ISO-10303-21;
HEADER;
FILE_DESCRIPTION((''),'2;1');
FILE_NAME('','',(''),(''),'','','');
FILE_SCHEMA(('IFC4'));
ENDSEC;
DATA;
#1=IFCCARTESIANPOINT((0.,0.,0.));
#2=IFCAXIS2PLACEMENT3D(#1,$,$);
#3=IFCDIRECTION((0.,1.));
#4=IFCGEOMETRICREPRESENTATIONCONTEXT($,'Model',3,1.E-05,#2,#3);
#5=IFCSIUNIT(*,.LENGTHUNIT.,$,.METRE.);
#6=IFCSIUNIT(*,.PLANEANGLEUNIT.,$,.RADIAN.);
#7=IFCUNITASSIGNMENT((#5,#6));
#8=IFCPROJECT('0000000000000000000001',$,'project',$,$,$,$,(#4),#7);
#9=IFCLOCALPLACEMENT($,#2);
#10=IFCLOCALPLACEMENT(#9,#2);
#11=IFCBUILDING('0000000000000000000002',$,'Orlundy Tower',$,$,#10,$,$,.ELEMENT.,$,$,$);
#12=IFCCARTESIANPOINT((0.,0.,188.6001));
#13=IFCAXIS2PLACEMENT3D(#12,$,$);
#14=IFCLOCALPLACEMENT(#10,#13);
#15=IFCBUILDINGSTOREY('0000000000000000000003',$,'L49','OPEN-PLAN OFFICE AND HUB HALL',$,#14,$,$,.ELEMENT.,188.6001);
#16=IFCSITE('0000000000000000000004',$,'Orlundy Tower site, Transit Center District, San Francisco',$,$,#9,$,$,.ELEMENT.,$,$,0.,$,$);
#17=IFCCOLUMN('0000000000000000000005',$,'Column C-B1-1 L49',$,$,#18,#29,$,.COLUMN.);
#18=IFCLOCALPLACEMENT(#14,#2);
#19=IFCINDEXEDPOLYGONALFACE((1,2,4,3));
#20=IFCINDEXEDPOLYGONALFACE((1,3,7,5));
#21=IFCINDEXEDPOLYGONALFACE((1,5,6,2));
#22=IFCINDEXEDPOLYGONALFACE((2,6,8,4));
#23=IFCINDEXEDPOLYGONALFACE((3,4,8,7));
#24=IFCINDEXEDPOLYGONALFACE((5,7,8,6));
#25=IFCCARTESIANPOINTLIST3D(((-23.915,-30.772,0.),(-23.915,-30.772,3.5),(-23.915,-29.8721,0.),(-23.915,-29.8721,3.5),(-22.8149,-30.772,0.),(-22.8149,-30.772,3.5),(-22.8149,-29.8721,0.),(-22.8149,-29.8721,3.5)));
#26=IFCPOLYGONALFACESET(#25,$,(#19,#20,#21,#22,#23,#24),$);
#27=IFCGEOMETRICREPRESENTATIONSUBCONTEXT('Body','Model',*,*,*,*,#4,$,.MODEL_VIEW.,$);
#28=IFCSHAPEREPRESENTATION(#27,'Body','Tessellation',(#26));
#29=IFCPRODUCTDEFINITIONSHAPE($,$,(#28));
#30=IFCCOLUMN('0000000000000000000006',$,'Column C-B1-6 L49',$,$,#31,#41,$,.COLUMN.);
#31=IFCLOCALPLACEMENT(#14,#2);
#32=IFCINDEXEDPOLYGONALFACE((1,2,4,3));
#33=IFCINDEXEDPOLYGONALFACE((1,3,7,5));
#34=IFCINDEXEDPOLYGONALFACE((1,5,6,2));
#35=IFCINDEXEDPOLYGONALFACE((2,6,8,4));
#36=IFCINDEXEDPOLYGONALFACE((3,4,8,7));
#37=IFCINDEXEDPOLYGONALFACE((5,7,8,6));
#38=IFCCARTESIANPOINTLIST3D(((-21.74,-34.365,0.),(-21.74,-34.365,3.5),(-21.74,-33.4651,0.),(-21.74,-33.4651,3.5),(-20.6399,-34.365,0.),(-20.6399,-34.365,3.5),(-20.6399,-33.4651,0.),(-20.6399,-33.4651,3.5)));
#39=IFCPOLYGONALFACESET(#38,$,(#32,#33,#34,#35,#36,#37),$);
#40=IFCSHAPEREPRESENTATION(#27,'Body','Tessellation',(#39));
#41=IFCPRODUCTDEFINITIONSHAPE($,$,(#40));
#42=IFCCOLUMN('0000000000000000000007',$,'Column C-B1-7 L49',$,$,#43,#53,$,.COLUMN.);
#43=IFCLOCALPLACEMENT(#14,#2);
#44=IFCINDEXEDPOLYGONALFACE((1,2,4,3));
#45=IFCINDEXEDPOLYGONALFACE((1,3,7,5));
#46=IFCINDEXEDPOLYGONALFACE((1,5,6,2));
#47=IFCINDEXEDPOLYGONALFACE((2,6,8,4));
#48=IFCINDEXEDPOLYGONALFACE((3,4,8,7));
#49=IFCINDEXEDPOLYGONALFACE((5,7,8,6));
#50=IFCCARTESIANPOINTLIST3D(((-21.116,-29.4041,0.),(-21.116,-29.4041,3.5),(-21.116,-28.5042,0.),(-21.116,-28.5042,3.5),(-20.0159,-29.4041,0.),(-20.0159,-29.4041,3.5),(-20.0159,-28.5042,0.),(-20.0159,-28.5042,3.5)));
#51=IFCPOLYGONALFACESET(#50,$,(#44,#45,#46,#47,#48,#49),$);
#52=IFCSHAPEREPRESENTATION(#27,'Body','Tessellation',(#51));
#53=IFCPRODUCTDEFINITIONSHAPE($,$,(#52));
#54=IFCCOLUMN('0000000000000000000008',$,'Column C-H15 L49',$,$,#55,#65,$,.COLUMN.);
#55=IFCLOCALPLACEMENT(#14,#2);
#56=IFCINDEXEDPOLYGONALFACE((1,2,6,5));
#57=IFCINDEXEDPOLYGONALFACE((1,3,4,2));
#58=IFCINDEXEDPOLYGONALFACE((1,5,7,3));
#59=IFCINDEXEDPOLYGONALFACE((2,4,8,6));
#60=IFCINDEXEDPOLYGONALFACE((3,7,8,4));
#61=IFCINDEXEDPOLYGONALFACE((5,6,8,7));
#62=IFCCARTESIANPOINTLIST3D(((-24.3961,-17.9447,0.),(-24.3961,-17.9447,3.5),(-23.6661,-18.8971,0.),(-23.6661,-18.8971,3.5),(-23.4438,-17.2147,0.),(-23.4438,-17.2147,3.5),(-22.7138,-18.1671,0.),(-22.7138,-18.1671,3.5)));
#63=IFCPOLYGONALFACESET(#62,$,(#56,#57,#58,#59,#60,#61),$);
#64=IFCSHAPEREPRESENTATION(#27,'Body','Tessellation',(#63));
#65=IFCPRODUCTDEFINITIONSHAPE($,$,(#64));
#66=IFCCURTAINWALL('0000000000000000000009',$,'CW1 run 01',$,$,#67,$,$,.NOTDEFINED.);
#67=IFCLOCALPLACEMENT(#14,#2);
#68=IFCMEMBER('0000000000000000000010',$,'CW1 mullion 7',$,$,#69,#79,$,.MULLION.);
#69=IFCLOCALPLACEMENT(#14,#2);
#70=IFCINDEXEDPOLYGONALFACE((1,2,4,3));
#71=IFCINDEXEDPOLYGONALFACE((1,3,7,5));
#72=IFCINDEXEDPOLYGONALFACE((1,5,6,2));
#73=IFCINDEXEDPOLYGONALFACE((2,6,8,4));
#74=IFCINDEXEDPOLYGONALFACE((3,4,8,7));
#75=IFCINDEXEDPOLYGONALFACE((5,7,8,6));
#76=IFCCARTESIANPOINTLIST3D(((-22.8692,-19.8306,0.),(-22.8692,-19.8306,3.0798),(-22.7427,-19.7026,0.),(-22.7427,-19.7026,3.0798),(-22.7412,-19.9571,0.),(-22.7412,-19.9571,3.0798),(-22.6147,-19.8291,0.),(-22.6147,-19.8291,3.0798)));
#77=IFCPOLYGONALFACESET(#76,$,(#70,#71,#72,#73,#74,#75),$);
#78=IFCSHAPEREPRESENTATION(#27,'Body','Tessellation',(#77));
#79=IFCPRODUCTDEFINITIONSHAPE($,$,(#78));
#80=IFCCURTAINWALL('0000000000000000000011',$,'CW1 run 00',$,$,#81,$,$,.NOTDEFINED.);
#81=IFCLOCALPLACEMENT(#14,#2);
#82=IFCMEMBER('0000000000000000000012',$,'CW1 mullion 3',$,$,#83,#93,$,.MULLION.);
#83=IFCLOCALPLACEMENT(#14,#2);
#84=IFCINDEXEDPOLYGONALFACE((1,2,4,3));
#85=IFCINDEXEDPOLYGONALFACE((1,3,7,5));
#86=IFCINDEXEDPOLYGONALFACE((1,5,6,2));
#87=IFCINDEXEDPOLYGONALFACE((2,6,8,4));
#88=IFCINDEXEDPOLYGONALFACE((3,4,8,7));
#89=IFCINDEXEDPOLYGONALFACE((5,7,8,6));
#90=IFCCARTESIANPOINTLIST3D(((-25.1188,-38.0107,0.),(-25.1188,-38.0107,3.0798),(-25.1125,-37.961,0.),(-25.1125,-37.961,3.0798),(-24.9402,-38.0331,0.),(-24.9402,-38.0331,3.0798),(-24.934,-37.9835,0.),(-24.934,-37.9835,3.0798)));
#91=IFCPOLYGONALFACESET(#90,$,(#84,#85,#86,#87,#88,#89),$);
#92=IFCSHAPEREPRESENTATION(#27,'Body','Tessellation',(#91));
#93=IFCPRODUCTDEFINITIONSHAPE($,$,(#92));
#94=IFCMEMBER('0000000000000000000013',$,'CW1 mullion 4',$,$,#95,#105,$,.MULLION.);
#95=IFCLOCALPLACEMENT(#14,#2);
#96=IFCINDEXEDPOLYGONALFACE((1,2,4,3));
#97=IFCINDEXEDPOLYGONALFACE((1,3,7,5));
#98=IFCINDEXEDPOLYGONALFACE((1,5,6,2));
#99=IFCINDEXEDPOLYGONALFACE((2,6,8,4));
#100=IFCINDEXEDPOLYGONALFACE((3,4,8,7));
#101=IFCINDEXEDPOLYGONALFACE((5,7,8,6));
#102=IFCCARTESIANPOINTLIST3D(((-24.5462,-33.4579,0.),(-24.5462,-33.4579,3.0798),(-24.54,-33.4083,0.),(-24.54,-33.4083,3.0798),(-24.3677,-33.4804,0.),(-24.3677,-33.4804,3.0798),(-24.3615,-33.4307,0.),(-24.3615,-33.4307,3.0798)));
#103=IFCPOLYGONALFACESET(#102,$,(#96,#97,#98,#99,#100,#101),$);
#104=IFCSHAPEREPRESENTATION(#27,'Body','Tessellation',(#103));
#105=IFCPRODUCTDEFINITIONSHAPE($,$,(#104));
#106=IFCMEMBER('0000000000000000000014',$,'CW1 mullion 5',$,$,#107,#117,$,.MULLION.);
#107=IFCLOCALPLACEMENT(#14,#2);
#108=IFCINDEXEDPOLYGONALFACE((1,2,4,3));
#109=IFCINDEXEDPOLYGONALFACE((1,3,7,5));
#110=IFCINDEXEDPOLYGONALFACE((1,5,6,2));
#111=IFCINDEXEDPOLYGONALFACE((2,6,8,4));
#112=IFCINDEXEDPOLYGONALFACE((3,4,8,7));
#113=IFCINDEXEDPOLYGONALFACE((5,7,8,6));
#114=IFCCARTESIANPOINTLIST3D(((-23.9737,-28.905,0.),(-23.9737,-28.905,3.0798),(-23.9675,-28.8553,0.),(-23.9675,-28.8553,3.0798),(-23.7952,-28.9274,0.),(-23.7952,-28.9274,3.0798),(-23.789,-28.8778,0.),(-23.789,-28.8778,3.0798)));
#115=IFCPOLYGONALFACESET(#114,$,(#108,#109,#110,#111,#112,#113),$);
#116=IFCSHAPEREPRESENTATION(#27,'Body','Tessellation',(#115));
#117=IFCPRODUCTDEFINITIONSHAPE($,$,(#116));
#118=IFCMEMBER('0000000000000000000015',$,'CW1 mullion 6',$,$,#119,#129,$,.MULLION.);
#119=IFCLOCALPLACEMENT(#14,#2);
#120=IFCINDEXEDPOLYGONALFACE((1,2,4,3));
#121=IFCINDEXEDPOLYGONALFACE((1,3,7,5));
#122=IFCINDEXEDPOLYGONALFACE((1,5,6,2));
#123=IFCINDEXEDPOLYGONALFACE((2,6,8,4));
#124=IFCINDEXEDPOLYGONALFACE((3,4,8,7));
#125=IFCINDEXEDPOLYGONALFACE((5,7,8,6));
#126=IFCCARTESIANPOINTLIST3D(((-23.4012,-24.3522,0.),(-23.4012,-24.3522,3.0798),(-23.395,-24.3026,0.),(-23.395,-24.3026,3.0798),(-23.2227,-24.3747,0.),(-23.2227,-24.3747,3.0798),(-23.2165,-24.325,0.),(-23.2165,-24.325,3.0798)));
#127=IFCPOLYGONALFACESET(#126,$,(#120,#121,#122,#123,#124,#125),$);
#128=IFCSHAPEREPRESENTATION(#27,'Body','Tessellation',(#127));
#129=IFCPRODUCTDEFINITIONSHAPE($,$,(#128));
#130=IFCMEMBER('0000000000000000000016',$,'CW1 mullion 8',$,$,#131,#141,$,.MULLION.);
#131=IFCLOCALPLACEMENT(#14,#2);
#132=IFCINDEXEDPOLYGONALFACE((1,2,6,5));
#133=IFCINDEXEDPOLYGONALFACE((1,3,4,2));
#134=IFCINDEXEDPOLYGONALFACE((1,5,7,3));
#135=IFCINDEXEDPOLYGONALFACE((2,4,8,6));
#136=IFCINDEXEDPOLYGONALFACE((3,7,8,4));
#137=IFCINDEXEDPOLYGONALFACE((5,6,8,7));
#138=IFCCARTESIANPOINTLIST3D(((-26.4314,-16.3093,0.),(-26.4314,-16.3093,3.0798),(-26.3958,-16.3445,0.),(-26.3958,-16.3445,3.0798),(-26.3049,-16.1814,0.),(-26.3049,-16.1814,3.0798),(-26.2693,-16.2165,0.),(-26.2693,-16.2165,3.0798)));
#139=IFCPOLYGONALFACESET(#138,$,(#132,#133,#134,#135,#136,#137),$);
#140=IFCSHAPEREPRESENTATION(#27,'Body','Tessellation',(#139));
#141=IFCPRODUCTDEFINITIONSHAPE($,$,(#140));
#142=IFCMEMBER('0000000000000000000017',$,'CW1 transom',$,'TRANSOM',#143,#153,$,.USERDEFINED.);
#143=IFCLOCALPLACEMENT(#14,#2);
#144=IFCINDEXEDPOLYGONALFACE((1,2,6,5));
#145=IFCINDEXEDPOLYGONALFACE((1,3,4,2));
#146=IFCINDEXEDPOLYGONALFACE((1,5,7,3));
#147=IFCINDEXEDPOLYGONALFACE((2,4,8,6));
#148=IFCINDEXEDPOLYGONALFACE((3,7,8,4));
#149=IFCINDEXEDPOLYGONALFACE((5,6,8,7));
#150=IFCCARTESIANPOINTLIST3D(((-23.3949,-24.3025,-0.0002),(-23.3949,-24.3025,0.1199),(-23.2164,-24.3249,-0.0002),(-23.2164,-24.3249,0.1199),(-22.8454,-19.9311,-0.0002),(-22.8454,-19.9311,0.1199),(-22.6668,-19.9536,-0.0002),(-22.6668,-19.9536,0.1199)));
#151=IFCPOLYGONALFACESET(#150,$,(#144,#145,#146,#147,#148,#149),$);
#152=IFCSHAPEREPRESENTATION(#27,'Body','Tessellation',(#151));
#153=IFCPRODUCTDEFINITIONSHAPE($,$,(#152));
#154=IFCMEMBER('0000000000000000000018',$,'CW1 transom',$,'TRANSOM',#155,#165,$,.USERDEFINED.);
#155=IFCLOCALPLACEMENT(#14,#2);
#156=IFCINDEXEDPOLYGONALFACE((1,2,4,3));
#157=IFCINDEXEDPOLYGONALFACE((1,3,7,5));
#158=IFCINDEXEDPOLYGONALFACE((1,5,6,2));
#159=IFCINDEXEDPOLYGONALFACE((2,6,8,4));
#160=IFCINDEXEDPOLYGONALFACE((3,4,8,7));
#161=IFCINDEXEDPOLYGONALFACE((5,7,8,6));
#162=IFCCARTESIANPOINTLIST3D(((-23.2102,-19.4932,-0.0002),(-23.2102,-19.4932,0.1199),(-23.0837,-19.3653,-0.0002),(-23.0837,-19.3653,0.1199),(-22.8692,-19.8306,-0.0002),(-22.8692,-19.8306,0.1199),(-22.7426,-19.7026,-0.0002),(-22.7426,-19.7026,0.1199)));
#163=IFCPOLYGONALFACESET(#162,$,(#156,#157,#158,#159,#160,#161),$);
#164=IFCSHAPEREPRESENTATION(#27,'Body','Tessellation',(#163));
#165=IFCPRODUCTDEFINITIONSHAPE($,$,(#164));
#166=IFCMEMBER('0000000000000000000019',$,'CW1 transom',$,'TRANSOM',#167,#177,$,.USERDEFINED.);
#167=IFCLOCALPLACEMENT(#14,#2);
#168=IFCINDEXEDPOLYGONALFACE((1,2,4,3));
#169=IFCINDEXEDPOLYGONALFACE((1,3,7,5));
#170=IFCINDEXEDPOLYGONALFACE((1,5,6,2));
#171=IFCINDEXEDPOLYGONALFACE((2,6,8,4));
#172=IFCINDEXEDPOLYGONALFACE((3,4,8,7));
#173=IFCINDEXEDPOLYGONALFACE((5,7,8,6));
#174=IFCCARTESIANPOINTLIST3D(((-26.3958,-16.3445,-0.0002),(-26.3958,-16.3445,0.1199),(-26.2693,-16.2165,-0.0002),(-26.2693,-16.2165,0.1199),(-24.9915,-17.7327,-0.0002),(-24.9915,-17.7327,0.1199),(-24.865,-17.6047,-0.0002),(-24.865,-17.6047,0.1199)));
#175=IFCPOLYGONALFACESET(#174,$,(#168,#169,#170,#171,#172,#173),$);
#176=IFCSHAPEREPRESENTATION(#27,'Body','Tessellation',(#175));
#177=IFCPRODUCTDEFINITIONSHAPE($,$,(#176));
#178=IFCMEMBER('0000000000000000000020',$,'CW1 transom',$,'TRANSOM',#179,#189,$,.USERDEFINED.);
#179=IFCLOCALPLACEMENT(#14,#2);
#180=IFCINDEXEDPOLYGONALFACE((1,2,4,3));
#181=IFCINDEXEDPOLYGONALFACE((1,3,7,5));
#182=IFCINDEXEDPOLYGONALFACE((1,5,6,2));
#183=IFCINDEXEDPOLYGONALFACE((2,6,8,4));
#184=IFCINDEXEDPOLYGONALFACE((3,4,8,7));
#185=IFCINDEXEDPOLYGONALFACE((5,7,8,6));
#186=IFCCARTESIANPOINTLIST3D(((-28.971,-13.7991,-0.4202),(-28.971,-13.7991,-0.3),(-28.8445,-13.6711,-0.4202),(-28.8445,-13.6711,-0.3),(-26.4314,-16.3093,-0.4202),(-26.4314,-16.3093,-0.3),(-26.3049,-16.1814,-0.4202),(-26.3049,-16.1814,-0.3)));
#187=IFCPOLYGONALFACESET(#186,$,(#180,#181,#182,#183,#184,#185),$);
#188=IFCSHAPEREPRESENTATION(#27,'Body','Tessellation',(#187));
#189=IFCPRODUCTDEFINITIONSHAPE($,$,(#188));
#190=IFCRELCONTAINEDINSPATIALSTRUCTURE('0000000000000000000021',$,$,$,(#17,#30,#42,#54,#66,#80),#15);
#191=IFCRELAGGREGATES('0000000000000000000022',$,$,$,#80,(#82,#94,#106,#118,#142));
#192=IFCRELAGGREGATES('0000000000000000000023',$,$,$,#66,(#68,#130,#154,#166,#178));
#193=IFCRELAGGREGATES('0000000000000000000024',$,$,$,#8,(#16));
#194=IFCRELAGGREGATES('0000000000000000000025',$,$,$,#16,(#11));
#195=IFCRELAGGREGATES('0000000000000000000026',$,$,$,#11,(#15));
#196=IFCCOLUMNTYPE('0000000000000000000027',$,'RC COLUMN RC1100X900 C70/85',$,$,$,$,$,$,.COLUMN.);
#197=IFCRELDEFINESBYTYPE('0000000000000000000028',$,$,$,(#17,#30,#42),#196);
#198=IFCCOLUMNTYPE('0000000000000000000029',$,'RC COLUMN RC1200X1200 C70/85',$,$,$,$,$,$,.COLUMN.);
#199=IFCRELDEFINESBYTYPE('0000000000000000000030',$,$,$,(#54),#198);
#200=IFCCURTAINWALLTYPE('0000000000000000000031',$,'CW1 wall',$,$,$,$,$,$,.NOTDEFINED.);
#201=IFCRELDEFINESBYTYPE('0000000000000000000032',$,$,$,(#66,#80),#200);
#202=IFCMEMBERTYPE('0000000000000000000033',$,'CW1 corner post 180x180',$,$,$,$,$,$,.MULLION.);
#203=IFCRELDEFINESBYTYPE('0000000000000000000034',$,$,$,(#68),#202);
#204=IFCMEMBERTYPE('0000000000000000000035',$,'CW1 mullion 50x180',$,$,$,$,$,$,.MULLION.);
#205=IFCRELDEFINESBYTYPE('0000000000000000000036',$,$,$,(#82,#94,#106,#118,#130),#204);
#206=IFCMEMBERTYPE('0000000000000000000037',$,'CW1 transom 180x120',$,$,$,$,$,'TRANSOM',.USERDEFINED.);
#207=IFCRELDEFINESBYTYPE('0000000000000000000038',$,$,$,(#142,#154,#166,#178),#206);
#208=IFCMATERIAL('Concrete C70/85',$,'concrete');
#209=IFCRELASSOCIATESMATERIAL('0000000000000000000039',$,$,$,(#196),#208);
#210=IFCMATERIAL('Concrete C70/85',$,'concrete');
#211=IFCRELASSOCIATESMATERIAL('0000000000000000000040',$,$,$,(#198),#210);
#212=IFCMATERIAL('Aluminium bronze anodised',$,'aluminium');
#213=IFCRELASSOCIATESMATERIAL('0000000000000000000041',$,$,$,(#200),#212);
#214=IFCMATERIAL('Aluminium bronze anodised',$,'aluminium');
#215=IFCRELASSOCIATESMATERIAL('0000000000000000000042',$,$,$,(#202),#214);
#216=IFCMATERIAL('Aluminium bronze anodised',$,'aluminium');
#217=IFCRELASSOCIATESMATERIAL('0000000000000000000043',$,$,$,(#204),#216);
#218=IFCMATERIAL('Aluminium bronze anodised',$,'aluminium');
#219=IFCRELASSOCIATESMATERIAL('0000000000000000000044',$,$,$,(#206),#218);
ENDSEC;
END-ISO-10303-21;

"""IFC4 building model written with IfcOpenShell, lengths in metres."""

from ifc_helpers import new_model, si_unit, direction, frame, origin, origin_2d, place, context, subcontext, project, spatial, rectangle, extrude, material, material_profile, profile_set, type_object, element, aggregate, save


model = new_model("IFC4")

# Units and contexts
model_context = context("Model", 3, precision=1e-05, world=origin(), true_north=direction((0.0, 1.0)))
body_context = subcontext(model_context, "Body", "Model", "MODEL_VIEW")
ifc_project = project(units=[si_unit("LENGTHUNIT", "METRE"), si_unit("PLANEANGLEUNIT", "RADIAN")], contexts=[model_context])

# Site, building, storey
site_placement = place(None, origin())
site = spatial("IfcSite", under=ifc_project, at=site_placement, Name="Orlundy Tower site, Transit Center District, San Francisco", CompositionType="ELEMENT", RefElevation=0.0)
building_placement = place(site_placement, origin())
building = spatial("IfcBuilding", under=site, at=building_placement, Name="Orlundy Tower", CompositionType="ELEMENT")
storey_placement = place(building_placement, frame((0.0, 0.0, 188.6001)))
storey = spatial("IfcBuildingStorey", under=building, at=storey_placement, Name="L49", Description="OPEN-PLAN OFFICE AND HUB HALL", CompositionType="ELEMENT", Elevation=188.6001)

# Columns
ifc_material_1 = material(Name="Concrete C70/85", Category="concrete")
ifc_material_profile_1 = material_profile(ifc_material_1, rectangle(XDim=1.1001, YDim=0.8999, at=origin_2d()), Name="RC1100X900")
ifc_profile_set_1 = profile_set([ifc_material_profile_1], Name="Concrete C70/85")
column_type_1 = type_object("IfcColumnType", Name="RC COLUMN RC1100X900 C70/85", PredefinedType="COLUMN", material=ifc_profile_set_1)
for number, where, z_axis, x_axis, name in (
    (1, (-23.365, -30.322, 0.0), (0.0, 0.0, 1.0), (1.0, 0.0, 0.0), "Column C-B1-1 L49"),
    (2, (-21.1899, -33.915, 0.0), (0.0, 0.0, 1.0), (1.0, 0.0, 0.0), "Column C-B1-6 L49"),
    (3, (-20.5659, -28.9541, 0.0), (0.0, 0.0, 1.0), (1.0, 0.0, 0.0), "Column C-B1-7 L49"),
):
    element("IfcColumn", number, at=place(storey_placement, frame(where, z_axis=z_axis, x_axis=x_axis)), inside=storey, type_object=column_type_1, Name=name, PredefinedType="COLUMN", context=body_context, shape_type="SweptSolid", body=[
        extrude(rectangle(XDim=1.1001, YDim=0.8999, at=origin_2d()), origin(), (0.0, 0.0, 1.0), 3.5),
    ])
ifc_material_2 = material(Name="Concrete C70/85", Category="concrete")
ifc_material_profile_2 = material_profile(ifc_material_2, rectangle(XDim=1.2, YDim=1.2, at=origin_2d()), Name="RC1200X1200")
ifc_profile_set_2 = profile_set([ifc_material_profile_2], Name="Concrete C70/85")
column_type_2 = type_object("IfcColumnType", Name="RC COLUMN RC1200X1200 C70/85", PredefinedType="COLUMN", material=ifc_profile_set_2)
column_placement = place(storey_placement, frame((-23.5549, -18.0559, 0.0), z_axis=(0.0, 0.0, 1.0), x_axis=(-0.793651, -0.608374, 0.0)))
element("IfcColumn", 4, at=column_placement, inside=storey, type_object=column_type_2, Name="Column C-H15 L49", PredefinedType="COLUMN", context=body_context, shape_type="SweptSolid", body=[
    extrude(rectangle(XDim=1.2, YDim=1.2, at=origin_2d()), origin(), (0.0, 0.0, 1.0), 3.5),
])

# Curtain wall, member
ifc_material_3 = material(Name="Aluminium bronze anodised", Category="aluminium")
curtain_wall_type = type_object("IfcCurtainWallType", Name="CW1 wall", PredefinedType="NOTDEFINED", material=ifc_material_3)
curtain_wall_1_placement = place(storey_placement, origin())
curtain_wall_1 = element("IfcCurtainWall", 5, at=curtain_wall_1_placement, inside=storey, type_object=curtain_wall_type, Name="CW1 run 01", PredefinedType="NOTDEFINED")
ifc_material_4 = material(Name="Aluminium bronze anodised", Category="aluminium")
ifc_material_profile_3 = material_profile(ifc_material_4, rectangle(XDim=0.1799, YDim=0.1799, at=origin_2d()), Name="CW1 corner post 180x180")
ifc_profile_set_3 = profile_set([ifc_material_profile_3], Name="Aluminium bronze anodised")
member_type_1 = type_object("IfcMemberType", Name="CW1 corner post 180x180", PredefinedType="MULLION", material=ifc_profile_set_3)
member_1_placement = place(storey_placement, frame((-22.7419, -19.8298, 0.0), z_axis=(0.0, 0.0, 1.0), x_axis=(-0.702992, -0.711198, 0.0)))
member_1 = element("IfcMember", 6, at=member_1_placement, type_object=member_type_1, Name="CW1 mullion 7", PredefinedType="MULLION", context=body_context, shape_type="SweptSolid", body=[
    extrude(rectangle(XDim=0.1799, YDim=0.1799, at=origin_2d()), origin(), (0.0, 0.0, 1.0), 3.0798),
])

# Curtain wall, members
curtain_wall_2_placement = place(storey_placement, origin())
curtain_wall_2 = element("IfcCurtainWall", 7, at=curtain_wall_2_placement, inside=storey, type_object=curtain_wall_type, Name="CW1 run 00", PredefinedType="NOTDEFINED")
ifc_material_5 = material(Name="Aluminium bronze anodised", Category="aluminium")
ifc_material_profile_4 = material_profile(ifc_material_5, rectangle(XDim=0.1799, YDim=0.05, at=origin_2d()), Name="CW1 mullion 50x180")
ifc_profile_set_4 = profile_set([ifc_material_profile_4], Name="Aluminium bronze anodised")
member_type_2 = type_object("IfcMemberType", Name="CW1 mullion 50x180", PredefinedType="MULLION", material=ifc_profile_set_4)
member_2_placement = place(storey_placement, frame((-25.0264, -37.9971, 0.0), z_axis=(0.0, 0.0, 1.0), x_axis=(-0.992187, 0.124763, 0.0)))
member_2 = element("IfcMember", 8, at=member_2_placement, type_object=member_type_2, Name="CW1 mullion 3", PredefinedType="MULLION", context=body_context, shape_type="SweptSolid", body=[
    extrude(rectangle(XDim=0.1799, YDim=0.05, at=origin_2d()), origin(), (0.0, 0.0, 1.0), 3.0798),
])
member_3_placement = place(storey_placement, frame((-24.4539, -33.4443, 0.0), z_axis=(0.0, 0.0, 1.0), x_axis=(-0.992187, 0.124763, 0.0)))
member_3 = element("IfcMember", 9, at=member_3_placement, type_object=member_type_2, Name="CW1 mullion 4", PredefinedType="MULLION", context=body_context, shape_type="SweptSolid", body=[
    extrude(rectangle(XDim=0.1799, YDim=0.05, at=origin_2d()), origin(), (0.0, 0.0, 1.0), 3.0798),
])
member_4_placement = place(storey_placement, frame((-23.8813, -28.8914, 0.0), z_axis=(0.0, 0.0, 1.0), x_axis=(-0.992187, 0.124763, 0.0)))
member_4 = element("IfcMember", 10, at=member_4_placement, type_object=member_type_2, Name="CW1 mullion 5", PredefinedType="MULLION", context=body_context, shape_type="SweptSolid", body=[
    extrude(rectangle(XDim=0.1799, YDim=0.05, at=origin_2d()), origin(), (0.0, 0.0, 1.0), 3.0798),
])
member_5_placement = place(storey_placement, frame((-23.3088, -24.3386, 0.0), z_axis=(0.0, 0.0, 1.0), x_axis=(-0.992187, 0.124763, 0.0)))
member_5 = element("IfcMember", 11, at=member_5_placement, type_object=member_type_2, Name="CW1 mullion 6", PredefinedType="MULLION", context=body_context, shape_type="SweptSolid", body=[
    extrude(rectangle(XDim=0.1799, YDim=0.05, at=origin_2d()), origin(), (0.0, 0.0, 1.0), 3.0798),
])

# Members
member_6_placement = place(storey_placement, frame((-26.3503, -16.2629, 0.0), z_axis=(0.0, 0.0, 1.0), x_axis=(-0.702992, -0.711198, 0.0)))
member_6 = element("IfcMember", 12, at=member_6_placement, type_object=member_type_2, Name="CW1 mullion 8", PredefinedType="MULLION", context=body_context, shape_type="SweptSolid", body=[
    extrude(rectangle(XDim=0.1799, YDim=0.05, at=origin_2d()), origin(), (0.0, 0.0, 1.0), 3.0798),
])
ifc_material_6 = material(Name="Aluminium bronze anodised", Category="aluminium")
ifc_material_profile_5 = material_profile(ifc_material_6, rectangle(XDim=0.1799, YDim=0.1201, at=origin_2d()), Name="CW1 transom 180x120")
ifc_profile_set_5 = profile_set([ifc_material_profile_5], Name="Aluminium bronze anodised")
member_type_3 = type_object("IfcMemberType", Name="CW1 transom 180x120", ElementType="TRANSOM", PredefinedType="USERDEFINED", material=ifc_profile_set_5)
member_7_placement = place(storey_placement, frame((-23.3057, -24.3137, 0.0598), z_axis=(0.124737, 0.99219, 0.0), x_axis=(-0.99219, 0.124737, 0.0)))
member_7 = element("IfcMember", 13, at=member_7_placement, type_object=member_type_3, Name="CW1 transom", ObjectType="TRANSOM", PredefinedType="USERDEFINED", context=body_context, shape_type="SweptSolid", body=[
    extrude(rectangle(XDim=0.1799, YDim=0.1201, at=origin_2d()), origin(), (0.0, 0.0, 1.0), 4.4058),
])
member_8_placement = place(storey_placement, frame((-22.8059, -19.7666, 0.0598), z_axis=(-0.710913, 0.70328, 0.0), x_axis=(-0.70328, -0.710913, 0.0)))
member_8 = element("IfcMember", 14, at=member_8_placement, type_object=member_type_3, Name="CW1 transom", ObjectType="TRANSOM", PredefinedType="USERDEFINED", context=body_context, shape_type="SweptSolid", body=[
    extrude(rectangle(XDim=0.1799, YDim=0.1201, at=origin_2d()), origin(), (0.0, 0.0, 1.0), 0.4797),
])
member_9_placement = place(storey_placement, frame((-24.9282, -17.6687, 0.0598), z_axis=(-0.711175, 0.703015, 0.0), x_axis=(-0.703015, -0.711175, 0.0)))
member_9 = element("IfcMember", 15, at=member_9_placement, type_object=member_type_3, Name="CW1 transom", ObjectType="TRANSOM", PredefinedType="USERDEFINED", context=body_context, shape_type="SweptSolid", body=[
    extrude(rectangle(XDim=0.1799, YDim=0.1201, at=origin_2d()), origin(), (0.0, 0.0, 1.0), 1.9746),
])
member_10_placement = place(storey_placement, frame((-26.3682, -16.2454, -0.3601), z_axis=(-0.711197, 0.702993, 0.0), x_axis=(-0.702993, -0.711197, 0.0)))
member_10 = element("IfcMember", 16, at=member_10_placement, type_object=member_type_3, Name="CW1 transom", ObjectType="TRANSOM", PredefinedType="USERDEFINED", context=body_context, shape_type="SweptSolid", body=[
    extrude(rectangle(XDim=0.1799, YDim=0.1201, at=origin_2d()), origin(), (0.0, 0.0, 1.0), 3.5708),
])

aggregate(curtain_wall_2, [member_2, member_3, member_4, member_5, member_7])
aggregate(curtain_wall_1, [member_1, member_6, member_8, member_9, member_10])

save(model, "model.ifc")
